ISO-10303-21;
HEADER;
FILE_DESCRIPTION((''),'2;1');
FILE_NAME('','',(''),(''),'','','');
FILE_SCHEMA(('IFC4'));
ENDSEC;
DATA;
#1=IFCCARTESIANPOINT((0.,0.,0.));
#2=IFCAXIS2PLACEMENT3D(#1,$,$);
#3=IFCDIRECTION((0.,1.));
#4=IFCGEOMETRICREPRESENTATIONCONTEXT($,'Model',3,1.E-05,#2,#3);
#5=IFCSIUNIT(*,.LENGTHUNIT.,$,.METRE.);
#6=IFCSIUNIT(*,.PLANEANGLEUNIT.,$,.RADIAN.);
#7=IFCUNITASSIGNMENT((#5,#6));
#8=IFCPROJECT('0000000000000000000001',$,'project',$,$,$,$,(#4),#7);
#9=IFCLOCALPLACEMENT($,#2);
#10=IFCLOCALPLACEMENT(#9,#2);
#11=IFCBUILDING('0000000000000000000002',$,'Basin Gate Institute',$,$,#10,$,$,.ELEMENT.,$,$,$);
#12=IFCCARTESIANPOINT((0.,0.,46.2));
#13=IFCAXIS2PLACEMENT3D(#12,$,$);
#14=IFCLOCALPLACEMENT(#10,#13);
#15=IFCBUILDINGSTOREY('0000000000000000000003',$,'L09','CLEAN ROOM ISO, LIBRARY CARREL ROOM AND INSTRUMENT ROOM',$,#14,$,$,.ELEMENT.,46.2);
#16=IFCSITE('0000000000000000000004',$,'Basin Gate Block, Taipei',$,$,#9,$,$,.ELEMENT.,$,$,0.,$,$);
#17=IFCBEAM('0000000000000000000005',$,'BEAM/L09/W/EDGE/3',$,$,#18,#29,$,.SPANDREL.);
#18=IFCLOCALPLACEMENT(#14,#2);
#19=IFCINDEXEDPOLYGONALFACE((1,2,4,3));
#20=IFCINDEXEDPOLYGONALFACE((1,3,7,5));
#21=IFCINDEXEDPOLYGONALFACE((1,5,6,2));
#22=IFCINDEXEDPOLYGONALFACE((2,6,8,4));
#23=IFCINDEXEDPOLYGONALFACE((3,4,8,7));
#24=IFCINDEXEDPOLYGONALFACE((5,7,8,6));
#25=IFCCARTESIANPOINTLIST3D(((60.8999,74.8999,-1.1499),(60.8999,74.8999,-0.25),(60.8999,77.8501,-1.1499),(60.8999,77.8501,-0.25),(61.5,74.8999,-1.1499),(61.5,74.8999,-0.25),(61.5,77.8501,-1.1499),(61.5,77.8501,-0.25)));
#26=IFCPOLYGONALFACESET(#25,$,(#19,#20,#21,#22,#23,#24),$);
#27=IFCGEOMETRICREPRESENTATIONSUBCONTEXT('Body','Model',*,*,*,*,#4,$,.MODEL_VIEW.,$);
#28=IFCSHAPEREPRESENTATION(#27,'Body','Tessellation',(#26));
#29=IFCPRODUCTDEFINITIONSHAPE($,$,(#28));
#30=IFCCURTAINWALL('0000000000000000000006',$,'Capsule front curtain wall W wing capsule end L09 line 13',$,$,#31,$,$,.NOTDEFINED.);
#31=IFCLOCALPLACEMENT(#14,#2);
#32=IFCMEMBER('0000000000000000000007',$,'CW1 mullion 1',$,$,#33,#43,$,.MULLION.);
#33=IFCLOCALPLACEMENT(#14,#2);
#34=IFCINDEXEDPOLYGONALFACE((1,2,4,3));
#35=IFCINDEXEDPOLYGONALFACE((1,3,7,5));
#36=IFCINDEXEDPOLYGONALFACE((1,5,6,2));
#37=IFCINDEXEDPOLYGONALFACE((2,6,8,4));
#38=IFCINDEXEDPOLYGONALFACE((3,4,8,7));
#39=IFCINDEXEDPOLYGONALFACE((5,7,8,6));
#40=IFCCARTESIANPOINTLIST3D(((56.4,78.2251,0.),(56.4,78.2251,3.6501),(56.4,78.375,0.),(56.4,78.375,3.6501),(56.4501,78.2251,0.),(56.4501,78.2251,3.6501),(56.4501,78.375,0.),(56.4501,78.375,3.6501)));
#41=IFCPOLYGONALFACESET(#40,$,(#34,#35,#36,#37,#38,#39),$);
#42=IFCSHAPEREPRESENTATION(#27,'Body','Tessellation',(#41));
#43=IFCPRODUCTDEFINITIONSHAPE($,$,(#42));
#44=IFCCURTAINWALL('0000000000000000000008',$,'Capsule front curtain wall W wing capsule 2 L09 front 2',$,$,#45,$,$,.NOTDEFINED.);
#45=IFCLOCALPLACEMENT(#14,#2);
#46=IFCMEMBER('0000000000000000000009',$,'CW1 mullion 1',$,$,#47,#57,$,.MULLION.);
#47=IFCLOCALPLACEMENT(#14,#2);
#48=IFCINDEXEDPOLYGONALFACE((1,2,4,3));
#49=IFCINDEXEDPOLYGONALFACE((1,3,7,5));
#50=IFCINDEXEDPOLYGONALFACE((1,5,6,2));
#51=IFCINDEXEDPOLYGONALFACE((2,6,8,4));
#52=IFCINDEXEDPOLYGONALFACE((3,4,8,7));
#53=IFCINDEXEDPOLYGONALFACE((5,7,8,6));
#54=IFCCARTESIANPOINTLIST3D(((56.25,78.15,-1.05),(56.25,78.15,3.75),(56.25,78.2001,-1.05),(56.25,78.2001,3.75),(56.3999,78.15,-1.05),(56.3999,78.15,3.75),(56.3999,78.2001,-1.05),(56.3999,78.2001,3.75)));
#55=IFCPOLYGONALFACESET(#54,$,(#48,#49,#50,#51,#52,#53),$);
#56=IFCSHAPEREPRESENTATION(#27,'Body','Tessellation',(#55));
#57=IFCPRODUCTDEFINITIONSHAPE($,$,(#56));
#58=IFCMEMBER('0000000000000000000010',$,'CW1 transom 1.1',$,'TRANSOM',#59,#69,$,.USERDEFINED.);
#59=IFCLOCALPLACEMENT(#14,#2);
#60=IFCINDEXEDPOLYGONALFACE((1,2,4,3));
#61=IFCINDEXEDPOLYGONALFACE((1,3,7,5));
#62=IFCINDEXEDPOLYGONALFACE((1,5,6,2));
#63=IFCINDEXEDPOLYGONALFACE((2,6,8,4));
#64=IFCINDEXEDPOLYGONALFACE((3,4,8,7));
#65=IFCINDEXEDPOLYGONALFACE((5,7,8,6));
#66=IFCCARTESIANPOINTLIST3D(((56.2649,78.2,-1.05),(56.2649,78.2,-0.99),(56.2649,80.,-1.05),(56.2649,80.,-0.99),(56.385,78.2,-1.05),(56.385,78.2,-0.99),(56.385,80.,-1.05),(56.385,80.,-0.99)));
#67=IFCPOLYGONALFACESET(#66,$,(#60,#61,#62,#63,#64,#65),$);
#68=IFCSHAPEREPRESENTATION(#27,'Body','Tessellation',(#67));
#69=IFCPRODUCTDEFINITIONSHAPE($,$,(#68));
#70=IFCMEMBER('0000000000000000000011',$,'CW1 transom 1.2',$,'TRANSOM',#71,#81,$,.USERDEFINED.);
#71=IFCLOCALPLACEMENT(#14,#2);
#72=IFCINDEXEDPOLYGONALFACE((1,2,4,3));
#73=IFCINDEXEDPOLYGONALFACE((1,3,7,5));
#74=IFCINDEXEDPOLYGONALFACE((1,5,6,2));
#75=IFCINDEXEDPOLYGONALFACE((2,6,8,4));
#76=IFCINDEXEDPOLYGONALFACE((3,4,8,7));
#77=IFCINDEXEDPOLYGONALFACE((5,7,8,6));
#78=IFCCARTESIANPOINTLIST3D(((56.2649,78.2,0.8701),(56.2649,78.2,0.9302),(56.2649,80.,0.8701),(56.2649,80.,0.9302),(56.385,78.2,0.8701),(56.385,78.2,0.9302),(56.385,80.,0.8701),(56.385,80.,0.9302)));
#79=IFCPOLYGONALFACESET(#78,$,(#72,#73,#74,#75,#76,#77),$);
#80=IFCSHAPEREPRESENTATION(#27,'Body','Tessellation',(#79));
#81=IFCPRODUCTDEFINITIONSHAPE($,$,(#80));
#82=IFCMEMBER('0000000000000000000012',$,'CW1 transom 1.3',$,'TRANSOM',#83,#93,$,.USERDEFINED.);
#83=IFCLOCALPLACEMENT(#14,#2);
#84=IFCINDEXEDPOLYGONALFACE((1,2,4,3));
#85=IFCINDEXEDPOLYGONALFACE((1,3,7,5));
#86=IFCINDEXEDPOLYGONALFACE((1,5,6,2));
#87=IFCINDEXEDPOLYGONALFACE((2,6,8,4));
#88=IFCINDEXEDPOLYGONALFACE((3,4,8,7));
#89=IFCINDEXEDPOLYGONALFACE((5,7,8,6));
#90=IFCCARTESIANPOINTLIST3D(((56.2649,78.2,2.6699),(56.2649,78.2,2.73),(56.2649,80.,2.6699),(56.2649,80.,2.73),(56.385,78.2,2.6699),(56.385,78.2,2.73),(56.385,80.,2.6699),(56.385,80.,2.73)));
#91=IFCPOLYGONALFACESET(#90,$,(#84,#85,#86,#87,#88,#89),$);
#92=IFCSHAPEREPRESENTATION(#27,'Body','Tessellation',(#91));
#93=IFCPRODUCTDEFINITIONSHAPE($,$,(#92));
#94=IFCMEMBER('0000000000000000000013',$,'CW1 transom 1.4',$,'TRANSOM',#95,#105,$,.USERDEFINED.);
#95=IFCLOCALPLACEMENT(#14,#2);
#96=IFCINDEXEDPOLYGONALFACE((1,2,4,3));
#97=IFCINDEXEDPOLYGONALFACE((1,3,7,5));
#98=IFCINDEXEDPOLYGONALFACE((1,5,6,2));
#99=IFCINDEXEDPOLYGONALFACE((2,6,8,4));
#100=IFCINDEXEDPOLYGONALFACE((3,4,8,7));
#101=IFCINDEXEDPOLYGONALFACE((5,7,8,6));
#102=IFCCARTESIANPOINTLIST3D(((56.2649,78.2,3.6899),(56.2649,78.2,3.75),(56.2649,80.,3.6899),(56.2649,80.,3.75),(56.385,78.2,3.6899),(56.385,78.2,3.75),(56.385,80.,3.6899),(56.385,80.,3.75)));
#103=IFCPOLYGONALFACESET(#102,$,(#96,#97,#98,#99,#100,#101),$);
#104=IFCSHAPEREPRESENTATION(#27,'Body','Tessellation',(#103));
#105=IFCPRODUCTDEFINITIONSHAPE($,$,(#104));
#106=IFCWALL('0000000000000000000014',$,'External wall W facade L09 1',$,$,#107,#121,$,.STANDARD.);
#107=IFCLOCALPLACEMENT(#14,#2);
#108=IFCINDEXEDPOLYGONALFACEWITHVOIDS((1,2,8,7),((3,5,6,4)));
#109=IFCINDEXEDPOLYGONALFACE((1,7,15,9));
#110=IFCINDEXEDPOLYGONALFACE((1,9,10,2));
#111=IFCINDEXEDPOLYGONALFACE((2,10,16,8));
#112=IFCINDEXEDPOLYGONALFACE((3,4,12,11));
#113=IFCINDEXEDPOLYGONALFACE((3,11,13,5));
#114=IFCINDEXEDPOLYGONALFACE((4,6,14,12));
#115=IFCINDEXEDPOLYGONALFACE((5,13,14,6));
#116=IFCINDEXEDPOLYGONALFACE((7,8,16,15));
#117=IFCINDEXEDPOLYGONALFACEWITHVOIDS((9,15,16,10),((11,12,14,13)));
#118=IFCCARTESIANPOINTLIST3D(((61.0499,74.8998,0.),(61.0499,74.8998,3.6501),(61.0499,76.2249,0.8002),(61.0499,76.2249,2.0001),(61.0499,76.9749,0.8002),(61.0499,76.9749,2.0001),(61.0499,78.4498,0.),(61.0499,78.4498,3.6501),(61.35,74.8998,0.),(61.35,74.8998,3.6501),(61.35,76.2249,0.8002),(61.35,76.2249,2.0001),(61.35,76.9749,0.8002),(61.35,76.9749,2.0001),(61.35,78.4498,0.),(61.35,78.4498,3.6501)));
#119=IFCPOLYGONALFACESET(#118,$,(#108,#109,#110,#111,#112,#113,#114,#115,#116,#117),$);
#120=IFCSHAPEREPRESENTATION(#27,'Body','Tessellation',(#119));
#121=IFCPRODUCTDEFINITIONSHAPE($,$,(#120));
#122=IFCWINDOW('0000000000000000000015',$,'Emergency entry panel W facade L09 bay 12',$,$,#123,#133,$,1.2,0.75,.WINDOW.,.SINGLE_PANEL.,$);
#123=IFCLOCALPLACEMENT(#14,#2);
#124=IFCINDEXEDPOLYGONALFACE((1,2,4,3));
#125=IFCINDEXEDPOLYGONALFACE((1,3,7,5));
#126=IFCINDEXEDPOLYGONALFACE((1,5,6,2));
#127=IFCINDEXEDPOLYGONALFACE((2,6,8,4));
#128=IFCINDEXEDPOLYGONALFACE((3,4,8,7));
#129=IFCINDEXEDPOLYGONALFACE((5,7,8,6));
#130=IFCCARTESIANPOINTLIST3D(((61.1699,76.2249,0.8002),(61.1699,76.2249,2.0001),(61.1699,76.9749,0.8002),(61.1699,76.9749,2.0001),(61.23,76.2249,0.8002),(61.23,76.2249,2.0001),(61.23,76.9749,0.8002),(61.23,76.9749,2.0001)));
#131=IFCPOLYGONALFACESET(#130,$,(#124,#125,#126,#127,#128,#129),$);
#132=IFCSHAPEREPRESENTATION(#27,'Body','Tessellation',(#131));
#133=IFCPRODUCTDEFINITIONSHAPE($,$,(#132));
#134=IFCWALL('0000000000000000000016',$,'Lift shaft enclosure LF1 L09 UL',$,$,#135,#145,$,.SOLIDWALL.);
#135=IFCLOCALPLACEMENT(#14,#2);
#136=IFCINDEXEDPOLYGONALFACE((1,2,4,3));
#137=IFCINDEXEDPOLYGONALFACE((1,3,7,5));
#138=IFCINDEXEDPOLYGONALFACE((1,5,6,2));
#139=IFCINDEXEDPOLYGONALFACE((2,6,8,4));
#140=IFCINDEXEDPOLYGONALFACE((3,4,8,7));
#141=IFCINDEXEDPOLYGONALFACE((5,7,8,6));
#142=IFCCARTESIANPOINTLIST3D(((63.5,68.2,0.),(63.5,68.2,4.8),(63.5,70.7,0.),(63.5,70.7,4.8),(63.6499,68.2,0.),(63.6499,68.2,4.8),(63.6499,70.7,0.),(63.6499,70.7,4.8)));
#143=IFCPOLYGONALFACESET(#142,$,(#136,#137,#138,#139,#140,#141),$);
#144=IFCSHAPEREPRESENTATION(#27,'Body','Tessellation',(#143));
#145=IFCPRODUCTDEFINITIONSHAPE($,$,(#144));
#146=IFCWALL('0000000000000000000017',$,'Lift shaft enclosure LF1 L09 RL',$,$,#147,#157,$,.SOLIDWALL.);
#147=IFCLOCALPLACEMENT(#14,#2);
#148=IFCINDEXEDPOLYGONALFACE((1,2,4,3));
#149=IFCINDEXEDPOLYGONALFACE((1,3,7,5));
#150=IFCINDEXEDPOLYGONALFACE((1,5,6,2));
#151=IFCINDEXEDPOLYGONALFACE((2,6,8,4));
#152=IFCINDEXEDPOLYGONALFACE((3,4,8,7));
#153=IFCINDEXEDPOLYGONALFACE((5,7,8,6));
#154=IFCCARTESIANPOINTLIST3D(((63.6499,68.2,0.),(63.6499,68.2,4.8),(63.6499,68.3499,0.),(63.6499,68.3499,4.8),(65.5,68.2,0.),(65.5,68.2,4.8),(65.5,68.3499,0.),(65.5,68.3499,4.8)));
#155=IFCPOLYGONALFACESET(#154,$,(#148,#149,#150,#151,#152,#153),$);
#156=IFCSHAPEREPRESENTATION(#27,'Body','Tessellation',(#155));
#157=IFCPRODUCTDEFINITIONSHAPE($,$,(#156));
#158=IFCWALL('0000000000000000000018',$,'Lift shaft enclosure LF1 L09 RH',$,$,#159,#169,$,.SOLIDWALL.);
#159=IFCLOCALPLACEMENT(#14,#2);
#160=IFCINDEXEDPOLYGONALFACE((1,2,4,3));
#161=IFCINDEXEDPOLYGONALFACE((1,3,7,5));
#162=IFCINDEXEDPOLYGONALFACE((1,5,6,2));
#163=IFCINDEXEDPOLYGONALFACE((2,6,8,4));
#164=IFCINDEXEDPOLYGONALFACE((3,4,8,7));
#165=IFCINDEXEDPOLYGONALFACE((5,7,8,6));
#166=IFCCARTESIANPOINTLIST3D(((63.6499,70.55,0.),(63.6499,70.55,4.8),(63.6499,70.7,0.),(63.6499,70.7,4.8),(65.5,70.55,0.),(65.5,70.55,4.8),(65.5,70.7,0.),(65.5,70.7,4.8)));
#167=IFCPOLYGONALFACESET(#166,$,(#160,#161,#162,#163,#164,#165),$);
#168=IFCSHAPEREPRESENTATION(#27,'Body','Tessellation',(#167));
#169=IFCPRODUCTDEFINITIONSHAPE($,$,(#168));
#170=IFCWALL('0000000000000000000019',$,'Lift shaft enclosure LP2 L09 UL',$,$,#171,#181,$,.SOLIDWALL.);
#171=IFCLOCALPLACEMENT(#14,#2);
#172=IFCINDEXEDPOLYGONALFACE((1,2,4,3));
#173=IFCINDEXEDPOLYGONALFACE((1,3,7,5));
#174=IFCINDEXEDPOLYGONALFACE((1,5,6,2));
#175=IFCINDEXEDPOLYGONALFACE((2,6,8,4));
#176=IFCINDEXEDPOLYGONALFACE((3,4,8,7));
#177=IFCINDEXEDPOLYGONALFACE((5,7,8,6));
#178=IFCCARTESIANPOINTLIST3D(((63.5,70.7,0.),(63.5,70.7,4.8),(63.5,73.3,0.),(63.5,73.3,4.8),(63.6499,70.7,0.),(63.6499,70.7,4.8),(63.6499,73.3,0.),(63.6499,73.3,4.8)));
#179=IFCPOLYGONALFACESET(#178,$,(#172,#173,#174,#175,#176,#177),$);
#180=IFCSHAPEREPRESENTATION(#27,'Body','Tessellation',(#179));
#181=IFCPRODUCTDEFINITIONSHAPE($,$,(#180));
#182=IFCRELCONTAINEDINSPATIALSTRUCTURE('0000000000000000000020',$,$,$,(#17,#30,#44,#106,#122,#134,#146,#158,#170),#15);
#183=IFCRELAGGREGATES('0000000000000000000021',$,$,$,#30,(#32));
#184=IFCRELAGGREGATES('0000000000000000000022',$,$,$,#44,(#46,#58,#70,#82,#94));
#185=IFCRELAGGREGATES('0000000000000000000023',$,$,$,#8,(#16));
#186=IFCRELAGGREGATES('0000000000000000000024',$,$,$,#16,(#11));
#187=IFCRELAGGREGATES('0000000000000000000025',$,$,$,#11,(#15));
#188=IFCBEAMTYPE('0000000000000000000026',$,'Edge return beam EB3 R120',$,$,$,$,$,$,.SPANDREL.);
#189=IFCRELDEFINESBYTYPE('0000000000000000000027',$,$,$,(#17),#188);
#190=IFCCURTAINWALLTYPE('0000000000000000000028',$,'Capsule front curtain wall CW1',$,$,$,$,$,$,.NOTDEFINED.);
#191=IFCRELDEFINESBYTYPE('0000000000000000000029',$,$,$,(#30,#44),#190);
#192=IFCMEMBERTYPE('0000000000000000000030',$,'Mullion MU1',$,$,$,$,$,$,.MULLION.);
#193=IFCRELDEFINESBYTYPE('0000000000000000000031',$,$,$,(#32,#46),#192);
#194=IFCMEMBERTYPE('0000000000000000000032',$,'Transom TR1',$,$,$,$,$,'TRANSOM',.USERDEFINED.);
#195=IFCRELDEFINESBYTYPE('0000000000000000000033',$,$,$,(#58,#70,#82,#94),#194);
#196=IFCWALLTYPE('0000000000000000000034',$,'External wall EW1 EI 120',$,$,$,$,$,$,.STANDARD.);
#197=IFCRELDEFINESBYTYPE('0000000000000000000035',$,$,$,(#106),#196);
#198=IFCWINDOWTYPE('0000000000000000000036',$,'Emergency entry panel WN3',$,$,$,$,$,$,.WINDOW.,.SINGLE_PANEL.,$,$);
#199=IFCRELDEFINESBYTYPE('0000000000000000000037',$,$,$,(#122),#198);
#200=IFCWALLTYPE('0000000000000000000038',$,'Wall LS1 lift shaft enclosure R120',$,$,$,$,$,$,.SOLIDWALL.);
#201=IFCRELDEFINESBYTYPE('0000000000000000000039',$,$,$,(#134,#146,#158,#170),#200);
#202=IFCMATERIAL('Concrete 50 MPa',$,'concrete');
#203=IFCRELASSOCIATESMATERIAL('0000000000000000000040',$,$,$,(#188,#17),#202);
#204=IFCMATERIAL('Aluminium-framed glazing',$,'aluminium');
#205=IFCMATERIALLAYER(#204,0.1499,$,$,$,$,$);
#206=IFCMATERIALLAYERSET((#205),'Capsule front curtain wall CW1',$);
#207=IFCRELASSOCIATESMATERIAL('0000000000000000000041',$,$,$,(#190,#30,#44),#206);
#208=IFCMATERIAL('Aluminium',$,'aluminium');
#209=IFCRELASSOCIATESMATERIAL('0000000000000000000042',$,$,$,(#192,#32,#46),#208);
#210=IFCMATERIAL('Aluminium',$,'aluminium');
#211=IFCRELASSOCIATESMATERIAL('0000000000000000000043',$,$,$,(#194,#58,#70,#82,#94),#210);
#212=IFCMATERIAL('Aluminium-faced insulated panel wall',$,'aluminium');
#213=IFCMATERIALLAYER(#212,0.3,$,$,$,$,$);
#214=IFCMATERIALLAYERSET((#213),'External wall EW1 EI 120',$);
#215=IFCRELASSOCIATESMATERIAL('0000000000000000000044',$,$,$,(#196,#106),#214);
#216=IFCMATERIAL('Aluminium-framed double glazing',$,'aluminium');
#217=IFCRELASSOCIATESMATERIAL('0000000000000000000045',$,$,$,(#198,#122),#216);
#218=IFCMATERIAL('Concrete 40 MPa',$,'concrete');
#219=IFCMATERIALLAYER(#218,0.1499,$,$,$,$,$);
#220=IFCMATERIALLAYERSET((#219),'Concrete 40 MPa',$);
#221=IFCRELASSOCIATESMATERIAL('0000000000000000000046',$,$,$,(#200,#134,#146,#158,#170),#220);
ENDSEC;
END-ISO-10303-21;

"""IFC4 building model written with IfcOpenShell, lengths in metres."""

from ifc_helpers import new_model, si_unit, direction, frame, frame_2d, origin, origin_2d, place, context, subcontext, project, spatial, rectangle, extrude, material, layer, layer_set, material_profile, profile_set, type_object, element, fill, aggregate, save


model = new_model("IFC4")

# Units and contexts
model_context = context("Model", 3, precision=1e-05, world=origin(), true_north=direction((0.0, 1.0)))
body_context = subcontext(model_context, "Body", "Model", "MODEL_VIEW")
ifc_project = project(units=[si_unit("LENGTHUNIT", "METRE"), si_unit("PLANEANGLEUNIT", "RADIAN")], contexts=[model_context])

# Site, building, storey
site_placement = place(None, origin())
site = spatial("IfcSite", under=ifc_project, at=site_placement, Name="Basin Gate Block, Taipei", CompositionType="ELEMENT", RefElevation=0.0)
building_placement = place(site_placement, origin())
building = spatial("IfcBuilding", under=site, at=building_placement, Name="Basin Gate Institute", CompositionType="ELEMENT")
storey_placement = place(building_placement, frame((0.0, 0.0, 46.2)))
storey = spatial("IfcBuildingStorey", under=building, at=storey_placement, Name="L09", Description="CLEAN ROOM ISO, LIBRARY CARREL ROOM AND INSTRUMENT ROOM", CompositionType="ELEMENT", Elevation=46.2)

# Beam
ifc_material_1 = material(Name="Concrete 50 MPa", Category="concrete")
ifc_material_profile_1 = material_profile(ifc_material_1, rectangle(XDim=0.6001, YDim=0.8999, at=origin_2d()), Name="Edge return beam EB3 600 x 900")
ifc_profile_set_1 = profile_set([ifc_material_profile_1], Name="Concrete 50 MPa")
beam_type = type_object("IfcBeamType", Name="Edge return beam EB3 R120", PredefinedType="SPANDREL", material=ifc_profile_set_1)
beam_placement = place(storey_placement, frame((61.2, 74.8999, -0.7), z_axis=(0.0, 1.0, 0.0), x_axis=(-1.0, 0.0, 0.0)))
element("IfcBeam", 1, at=beam_placement, inside=storey, type_object=beam_type, material=ifc_profile_set_1, Name="BEAM/L09/W/EDGE/3", PredefinedType="SPANDREL", context=body_context, shape_type="SweptSolid", body=[
    extrude(rectangle(XDim=0.6001, YDim=0.8999, at=origin_2d()), origin(), (0.0, 0.0, 1.0), 2.9502),
])

# Curtain wall, member
ifc_material_2 = material(Name="Aluminium-framed glazing", Category="aluminium")
ifc_layer_1 = layer(ifc_material_2, 0.1499)
ifc_layer_set_1 = layer_set([ifc_layer_1], Name="Capsule front curtain wall CW1")
curtain_wall_type = type_object("IfcCurtainWallType", Name="Capsule front curtain wall CW1", PredefinedType="NOTDEFINED", material=ifc_layer_set_1)
curtain_wall_1_placement = place(storey_placement, origin())
curtain_wall_1 = element("IfcCurtainWall", 2, at=curtain_wall_1_placement, inside=storey, type_object=curtain_wall_type, material=ifc_layer_set_1, Name="Capsule front curtain wall W wing capsule end L09 line 13", PredefinedType="NOTDEFINED")
ifc_material_3 = material(Name="Aluminium", Category="aluminium")
ifc_material_profile_2 = material_profile(ifc_material_3, rectangle(XDim=0.1499, YDim=0.05, at=origin_2d()), Name="Mullion MU1 150 x 50")
ifc_profile_set_2 = profile_set([ifc_material_profile_2], Name="Aluminium")
member_type_1 = type_object("IfcMemberType", Name="Mullion MU1", PredefinedType="MULLION", material=ifc_profile_set_2)
member_1_placement = place(storey_placement, frame((56.425, 78.3, 0.0), z_axis=(0.0, 0.0, 1.0), x_axis=(0.0, 1.0, 0.0)))
member_1 = element("IfcMember", 3, at=member_1_placement, type_object=member_type_1, material=ifc_profile_set_2, Name="CW1 mullion 1", PredefinedType="MULLION", context=body_context, shape_type="SweptSolid", body=[
    extrude(rectangle(XDim=0.1499, YDim=0.05, at=origin_2d()), origin(), (0.0, 0.0, 1.0), 3.6501),
])
aggregate(curtain_wall_1, [member_1])

# Curtain wall, members
curtain_wall_2_placement = place(storey_placement, origin())
curtain_wall_2 = element("IfcCurtainWall", 4, at=curtain_wall_2_placement, inside=storey, type_object=curtain_wall_type, material=ifc_layer_set_1, Name="Capsule front curtain wall W wing capsule 2 L09 front 2", PredefinedType="NOTDEFINED")
member_2_placement = place(storey_placement, frame((56.325, 78.175, -1.05), z_axis=(0.0, 0.0, 1.0), x_axis=(-1.0, 0.0, 0.0)))
member_2 = element("IfcMember", 5, at=member_2_placement, type_object=member_type_1, material=ifc_profile_set_2, Name="CW1 mullion 1", PredefinedType="MULLION", context=body_context, shape_type="SweptSolid", body=[
    extrude(rectangle(XDim=0.1499, YDim=0.05, at=origin_2d()), origin(), (0.0, 0.0, 1.0), 4.8),
])
ifc_material_4 = material(Name="Aluminium", Category="aluminium")
ifc_material_profile_3 = material_profile(ifc_material_4, rectangle(XDim=0.1201, YDim=0.0601, at=origin_2d()), Name="Transom TR1 120 x 60")
ifc_profile_set_3 = profile_set([ifc_material_profile_3], Name="Aluminium")
member_type_2 = type_object("IfcMemberType", Name="Transom TR1", ElementType="TRANSOM", PredefinedType="USERDEFINED", material=ifc_profile_set_3)
member_3_placement = place(storey_placement, frame((56.325, 78.2, -1.02), z_axis=(0.0, 1.0, 0.0), x_axis=(-1.0, 0.0, 0.0)))
member_3 = element("IfcMember", 6, at=member_3_placement, type_object=member_type_2, material=ifc_profile_set_3, Name="CW1 transom 1.1", ObjectType="TRANSOM", PredefinedType="USERDEFINED", context=body_context, shape_type="SweptSolid", body=[
    extrude(rectangle(XDim=0.1201, YDim=0.0601, at=origin_2d()), origin(), (0.0, 0.0, 1.0), 1.8),
])
member_4_placement = place(storey_placement, frame((56.325, 78.2, 0.9001), z_axis=(0.0, 1.0, 0.0), x_axis=(-1.0, 0.0, 0.0)))
member_4 = element("IfcMember", 7, at=member_4_placement, type_object=member_type_2, material=ifc_profile_set_3, Name="CW1 transom 1.2", ObjectType="TRANSOM", PredefinedType="USERDEFINED", context=body_context, shape_type="SweptSolid", body=[
    extrude(rectangle(XDim=0.1201, YDim=0.0601, at=origin_2d()), origin(), (0.0, 0.0, 1.0), 1.8),
])
member_5_placement = place(storey_placement, frame((56.325, 78.2, 2.7), z_axis=(0.0, 1.0, 0.0), x_axis=(-1.0, 0.0, 0.0)))
member_5 = element("IfcMember", 8, at=member_5_placement, type_object=member_type_2, material=ifc_profile_set_3, Name="CW1 transom 1.3", ObjectType="TRANSOM", PredefinedType="USERDEFINED", context=body_context, shape_type="SweptSolid", body=[
    extrude(rectangle(XDim=0.1201, YDim=0.0601, at=origin_2d()), origin(), (0.0, 0.0, 1.0), 1.8),
])
member_6_placement = place(storey_placement, frame((56.325, 78.2, 3.72), z_axis=(0.0, 1.0, 0.0), x_axis=(-1.0, 0.0, 0.0)))
member_6 = element("IfcMember", 9, at=member_6_placement, type_object=member_type_2, material=ifc_profile_set_3, Name="CW1 transom 1.4", ObjectType="TRANSOM", PredefinedType="USERDEFINED", context=body_context, shape_type="SweptSolid", body=[
    extrude(rectangle(XDim=0.1201, YDim=0.0601, at=origin_2d()), origin(), (0.0, 0.0, 1.0), 1.8),
])
aggregate(curtain_wall_2, [member_2, member_3, member_4, member_5, member_6])

# Wall, opening, window
ifc_material_5 = material(Name="Aluminium-faced insulated panel wall", Category="aluminium")
ifc_layer_2 = layer(ifc_material_5, 0.3)
ifc_layer_set_2 = layer_set([ifc_layer_2], Name="External wall EW1 EI 120")
wall_type_1 = type_object("IfcWallType", Name="External wall EW1 EI 120", PredefinedType="STANDARD", material=ifc_layer_set_2)
wall_1_placement = place(storey_placement, frame((61.2, 74.8999, 0.0), z_axis=(0.0, 0.0, 1.0), x_axis=(0.0, 1.0, 0.0)))
wall_1 = element("IfcWall", 10, at=wall_1_placement, inside=storey, type_object=wall_type_1, material=ifc_layer_set_2, Name="External wall W facade L09 1", PredefinedType="STANDARD", context=body_context, shape_type="SweptSolid", body=[
    extrude(rectangle(XDim=3.55, YDim=0.3, at=frame_2d((1.7749, 0.0))), origin(), (0.0, 0.0, 1.0), 3.6501),
])
opening_1_placement = place(wall_1_placement, frame((1.325, 0.0, 0.8)))
opening_1 = element("IfcOpeningElement", 11, at=opening_1_placement, cuts=wall_1, PredefinedType="OPENING", context=body_context, shape_type="SweptSolid", body=[
    extrude(rectangle(XDim=0.75, YDim=1.2, at=frame_2d((0.375, 0.6001))), frame((0.0, 0.1602, 0.0), z_axis=(0.0, -1.0, 0.0), x_axis=(1.0, 0.0, 0.0)), (0.0, 0.0, 1.0), 0.3201),
])
ifc_material_6 = material(Name="Aluminium-framed double glazing", Category="aluminium")
window_type_1 = type_object("IfcWindowType", Name="Emergency entry panel WN3", PartitioningType="SINGLE_PANEL", PredefinedType="WINDOW", material=ifc_material_6)
window_1_placement = place(opening_1_placement, origin())
window_1 = element("IfcWindow", 12, at=window_1_placement, inside=storey, type_object=window_type_1, material=ifc_material_6, Name="Emergency entry panel W facade L09 bay 12", OverallHeight=1.2, OverallWidth=0.75, PartitioningType="SINGLE_PANEL", PredefinedType="WINDOW", context=body_context, shape_type="SweptSolid", body=[
    extrude(rectangle(XDim=0.75, YDim=1.2, at=frame_2d((0.375, 0.6001))), frame((0.0, 0.03, 0.0), z_axis=(0.0, -1.0, 0.0), x_axis=(1.0, 0.0, 0.0)), (0.0, 0.0, 1.0), 0.0601),
])
fill(opening_1, window_1)

# Walls
ifc_material_7 = material(Name="Concrete 40 MPa", Category="concrete")
ifc_layer_3 = layer(ifc_material_7, 0.1499)
ifc_layer_set_3 = layer_set([ifc_layer_3], Name="Concrete 40 MPa")
wall_type_2 = type_object("IfcWallType", Name="Wall LS1 lift shaft enclosure R120", PredefinedType="SOLIDWALL", material=ifc_layer_set_3)
wall_2_placement = place(storey_placement, frame((63.575, 68.2, 0.0), z_axis=(0.0, 0.0, 1.0), x_axis=(0.0, 1.0, 0.0)))
element("IfcWall", 13, at=wall_2_placement, inside=storey, type_object=wall_type_2, material=ifc_layer_set_3, Name="Lift shaft enclosure LF1 L09 UL", PredefinedType="SOLIDWALL", context=body_context, shape_type="SweptSolid", body=[
    extrude(rectangle(XDim=2.5, YDim=0.1499, at=frame_2d((1.25, 0.0))), origin(), (0.0, 0.0, 1.0), 4.8),
])
for number, where, z_axis, x_axis, name in (
    (14, (63.6499, 68.2749, 0.0), (0.0, 0.0, 1.0), (1.0, 0.0, 0.0), "Lift shaft enclosure LF1 L09 RL"),
    (15, (63.6499, 70.625, 0.0), (0.0, 0.0, 1.0), (1.0, 0.0, 0.0), "Lift shaft enclosure LF1 L09 RH"),
):
    element("IfcWall", number, at=place(storey_placement, frame(where, z_axis=z_axis, x_axis=x_axis)), inside=storey, type_object=wall_type_2, material=ifc_layer_set_3, Name=name, PredefinedType="SOLIDWALL", context=body_context, shape_type="SweptSolid", body=[
        extrude(rectangle(XDim=1.8501, YDim=0.1499, at=frame_2d((0.925, 0.0))), origin(), (0.0, 0.0, 1.0), 4.8),
    ])
wall_3_placement = place(storey_placement, frame((63.575, 70.7, 0.0), z_axis=(0.0, 0.0, 1.0), x_axis=(0.0, 1.0, 0.0)))
element("IfcWall", 16, at=wall_3_placement, inside=storey, type_object=wall_type_2, material=ifc_layer_set_3, Name="Lift shaft enclosure LP2 L09 UL", PredefinedType="SOLIDWALL", context=body_context, shape_type="SweptSolid", body=[
    extrude(rectangle(XDim=2.6001, YDim=0.1499, at=frame_2d((1.3, 0.0))), origin(), (0.0, 0.0, 1.0), 4.8),
])

save(model, "model.ifc")
